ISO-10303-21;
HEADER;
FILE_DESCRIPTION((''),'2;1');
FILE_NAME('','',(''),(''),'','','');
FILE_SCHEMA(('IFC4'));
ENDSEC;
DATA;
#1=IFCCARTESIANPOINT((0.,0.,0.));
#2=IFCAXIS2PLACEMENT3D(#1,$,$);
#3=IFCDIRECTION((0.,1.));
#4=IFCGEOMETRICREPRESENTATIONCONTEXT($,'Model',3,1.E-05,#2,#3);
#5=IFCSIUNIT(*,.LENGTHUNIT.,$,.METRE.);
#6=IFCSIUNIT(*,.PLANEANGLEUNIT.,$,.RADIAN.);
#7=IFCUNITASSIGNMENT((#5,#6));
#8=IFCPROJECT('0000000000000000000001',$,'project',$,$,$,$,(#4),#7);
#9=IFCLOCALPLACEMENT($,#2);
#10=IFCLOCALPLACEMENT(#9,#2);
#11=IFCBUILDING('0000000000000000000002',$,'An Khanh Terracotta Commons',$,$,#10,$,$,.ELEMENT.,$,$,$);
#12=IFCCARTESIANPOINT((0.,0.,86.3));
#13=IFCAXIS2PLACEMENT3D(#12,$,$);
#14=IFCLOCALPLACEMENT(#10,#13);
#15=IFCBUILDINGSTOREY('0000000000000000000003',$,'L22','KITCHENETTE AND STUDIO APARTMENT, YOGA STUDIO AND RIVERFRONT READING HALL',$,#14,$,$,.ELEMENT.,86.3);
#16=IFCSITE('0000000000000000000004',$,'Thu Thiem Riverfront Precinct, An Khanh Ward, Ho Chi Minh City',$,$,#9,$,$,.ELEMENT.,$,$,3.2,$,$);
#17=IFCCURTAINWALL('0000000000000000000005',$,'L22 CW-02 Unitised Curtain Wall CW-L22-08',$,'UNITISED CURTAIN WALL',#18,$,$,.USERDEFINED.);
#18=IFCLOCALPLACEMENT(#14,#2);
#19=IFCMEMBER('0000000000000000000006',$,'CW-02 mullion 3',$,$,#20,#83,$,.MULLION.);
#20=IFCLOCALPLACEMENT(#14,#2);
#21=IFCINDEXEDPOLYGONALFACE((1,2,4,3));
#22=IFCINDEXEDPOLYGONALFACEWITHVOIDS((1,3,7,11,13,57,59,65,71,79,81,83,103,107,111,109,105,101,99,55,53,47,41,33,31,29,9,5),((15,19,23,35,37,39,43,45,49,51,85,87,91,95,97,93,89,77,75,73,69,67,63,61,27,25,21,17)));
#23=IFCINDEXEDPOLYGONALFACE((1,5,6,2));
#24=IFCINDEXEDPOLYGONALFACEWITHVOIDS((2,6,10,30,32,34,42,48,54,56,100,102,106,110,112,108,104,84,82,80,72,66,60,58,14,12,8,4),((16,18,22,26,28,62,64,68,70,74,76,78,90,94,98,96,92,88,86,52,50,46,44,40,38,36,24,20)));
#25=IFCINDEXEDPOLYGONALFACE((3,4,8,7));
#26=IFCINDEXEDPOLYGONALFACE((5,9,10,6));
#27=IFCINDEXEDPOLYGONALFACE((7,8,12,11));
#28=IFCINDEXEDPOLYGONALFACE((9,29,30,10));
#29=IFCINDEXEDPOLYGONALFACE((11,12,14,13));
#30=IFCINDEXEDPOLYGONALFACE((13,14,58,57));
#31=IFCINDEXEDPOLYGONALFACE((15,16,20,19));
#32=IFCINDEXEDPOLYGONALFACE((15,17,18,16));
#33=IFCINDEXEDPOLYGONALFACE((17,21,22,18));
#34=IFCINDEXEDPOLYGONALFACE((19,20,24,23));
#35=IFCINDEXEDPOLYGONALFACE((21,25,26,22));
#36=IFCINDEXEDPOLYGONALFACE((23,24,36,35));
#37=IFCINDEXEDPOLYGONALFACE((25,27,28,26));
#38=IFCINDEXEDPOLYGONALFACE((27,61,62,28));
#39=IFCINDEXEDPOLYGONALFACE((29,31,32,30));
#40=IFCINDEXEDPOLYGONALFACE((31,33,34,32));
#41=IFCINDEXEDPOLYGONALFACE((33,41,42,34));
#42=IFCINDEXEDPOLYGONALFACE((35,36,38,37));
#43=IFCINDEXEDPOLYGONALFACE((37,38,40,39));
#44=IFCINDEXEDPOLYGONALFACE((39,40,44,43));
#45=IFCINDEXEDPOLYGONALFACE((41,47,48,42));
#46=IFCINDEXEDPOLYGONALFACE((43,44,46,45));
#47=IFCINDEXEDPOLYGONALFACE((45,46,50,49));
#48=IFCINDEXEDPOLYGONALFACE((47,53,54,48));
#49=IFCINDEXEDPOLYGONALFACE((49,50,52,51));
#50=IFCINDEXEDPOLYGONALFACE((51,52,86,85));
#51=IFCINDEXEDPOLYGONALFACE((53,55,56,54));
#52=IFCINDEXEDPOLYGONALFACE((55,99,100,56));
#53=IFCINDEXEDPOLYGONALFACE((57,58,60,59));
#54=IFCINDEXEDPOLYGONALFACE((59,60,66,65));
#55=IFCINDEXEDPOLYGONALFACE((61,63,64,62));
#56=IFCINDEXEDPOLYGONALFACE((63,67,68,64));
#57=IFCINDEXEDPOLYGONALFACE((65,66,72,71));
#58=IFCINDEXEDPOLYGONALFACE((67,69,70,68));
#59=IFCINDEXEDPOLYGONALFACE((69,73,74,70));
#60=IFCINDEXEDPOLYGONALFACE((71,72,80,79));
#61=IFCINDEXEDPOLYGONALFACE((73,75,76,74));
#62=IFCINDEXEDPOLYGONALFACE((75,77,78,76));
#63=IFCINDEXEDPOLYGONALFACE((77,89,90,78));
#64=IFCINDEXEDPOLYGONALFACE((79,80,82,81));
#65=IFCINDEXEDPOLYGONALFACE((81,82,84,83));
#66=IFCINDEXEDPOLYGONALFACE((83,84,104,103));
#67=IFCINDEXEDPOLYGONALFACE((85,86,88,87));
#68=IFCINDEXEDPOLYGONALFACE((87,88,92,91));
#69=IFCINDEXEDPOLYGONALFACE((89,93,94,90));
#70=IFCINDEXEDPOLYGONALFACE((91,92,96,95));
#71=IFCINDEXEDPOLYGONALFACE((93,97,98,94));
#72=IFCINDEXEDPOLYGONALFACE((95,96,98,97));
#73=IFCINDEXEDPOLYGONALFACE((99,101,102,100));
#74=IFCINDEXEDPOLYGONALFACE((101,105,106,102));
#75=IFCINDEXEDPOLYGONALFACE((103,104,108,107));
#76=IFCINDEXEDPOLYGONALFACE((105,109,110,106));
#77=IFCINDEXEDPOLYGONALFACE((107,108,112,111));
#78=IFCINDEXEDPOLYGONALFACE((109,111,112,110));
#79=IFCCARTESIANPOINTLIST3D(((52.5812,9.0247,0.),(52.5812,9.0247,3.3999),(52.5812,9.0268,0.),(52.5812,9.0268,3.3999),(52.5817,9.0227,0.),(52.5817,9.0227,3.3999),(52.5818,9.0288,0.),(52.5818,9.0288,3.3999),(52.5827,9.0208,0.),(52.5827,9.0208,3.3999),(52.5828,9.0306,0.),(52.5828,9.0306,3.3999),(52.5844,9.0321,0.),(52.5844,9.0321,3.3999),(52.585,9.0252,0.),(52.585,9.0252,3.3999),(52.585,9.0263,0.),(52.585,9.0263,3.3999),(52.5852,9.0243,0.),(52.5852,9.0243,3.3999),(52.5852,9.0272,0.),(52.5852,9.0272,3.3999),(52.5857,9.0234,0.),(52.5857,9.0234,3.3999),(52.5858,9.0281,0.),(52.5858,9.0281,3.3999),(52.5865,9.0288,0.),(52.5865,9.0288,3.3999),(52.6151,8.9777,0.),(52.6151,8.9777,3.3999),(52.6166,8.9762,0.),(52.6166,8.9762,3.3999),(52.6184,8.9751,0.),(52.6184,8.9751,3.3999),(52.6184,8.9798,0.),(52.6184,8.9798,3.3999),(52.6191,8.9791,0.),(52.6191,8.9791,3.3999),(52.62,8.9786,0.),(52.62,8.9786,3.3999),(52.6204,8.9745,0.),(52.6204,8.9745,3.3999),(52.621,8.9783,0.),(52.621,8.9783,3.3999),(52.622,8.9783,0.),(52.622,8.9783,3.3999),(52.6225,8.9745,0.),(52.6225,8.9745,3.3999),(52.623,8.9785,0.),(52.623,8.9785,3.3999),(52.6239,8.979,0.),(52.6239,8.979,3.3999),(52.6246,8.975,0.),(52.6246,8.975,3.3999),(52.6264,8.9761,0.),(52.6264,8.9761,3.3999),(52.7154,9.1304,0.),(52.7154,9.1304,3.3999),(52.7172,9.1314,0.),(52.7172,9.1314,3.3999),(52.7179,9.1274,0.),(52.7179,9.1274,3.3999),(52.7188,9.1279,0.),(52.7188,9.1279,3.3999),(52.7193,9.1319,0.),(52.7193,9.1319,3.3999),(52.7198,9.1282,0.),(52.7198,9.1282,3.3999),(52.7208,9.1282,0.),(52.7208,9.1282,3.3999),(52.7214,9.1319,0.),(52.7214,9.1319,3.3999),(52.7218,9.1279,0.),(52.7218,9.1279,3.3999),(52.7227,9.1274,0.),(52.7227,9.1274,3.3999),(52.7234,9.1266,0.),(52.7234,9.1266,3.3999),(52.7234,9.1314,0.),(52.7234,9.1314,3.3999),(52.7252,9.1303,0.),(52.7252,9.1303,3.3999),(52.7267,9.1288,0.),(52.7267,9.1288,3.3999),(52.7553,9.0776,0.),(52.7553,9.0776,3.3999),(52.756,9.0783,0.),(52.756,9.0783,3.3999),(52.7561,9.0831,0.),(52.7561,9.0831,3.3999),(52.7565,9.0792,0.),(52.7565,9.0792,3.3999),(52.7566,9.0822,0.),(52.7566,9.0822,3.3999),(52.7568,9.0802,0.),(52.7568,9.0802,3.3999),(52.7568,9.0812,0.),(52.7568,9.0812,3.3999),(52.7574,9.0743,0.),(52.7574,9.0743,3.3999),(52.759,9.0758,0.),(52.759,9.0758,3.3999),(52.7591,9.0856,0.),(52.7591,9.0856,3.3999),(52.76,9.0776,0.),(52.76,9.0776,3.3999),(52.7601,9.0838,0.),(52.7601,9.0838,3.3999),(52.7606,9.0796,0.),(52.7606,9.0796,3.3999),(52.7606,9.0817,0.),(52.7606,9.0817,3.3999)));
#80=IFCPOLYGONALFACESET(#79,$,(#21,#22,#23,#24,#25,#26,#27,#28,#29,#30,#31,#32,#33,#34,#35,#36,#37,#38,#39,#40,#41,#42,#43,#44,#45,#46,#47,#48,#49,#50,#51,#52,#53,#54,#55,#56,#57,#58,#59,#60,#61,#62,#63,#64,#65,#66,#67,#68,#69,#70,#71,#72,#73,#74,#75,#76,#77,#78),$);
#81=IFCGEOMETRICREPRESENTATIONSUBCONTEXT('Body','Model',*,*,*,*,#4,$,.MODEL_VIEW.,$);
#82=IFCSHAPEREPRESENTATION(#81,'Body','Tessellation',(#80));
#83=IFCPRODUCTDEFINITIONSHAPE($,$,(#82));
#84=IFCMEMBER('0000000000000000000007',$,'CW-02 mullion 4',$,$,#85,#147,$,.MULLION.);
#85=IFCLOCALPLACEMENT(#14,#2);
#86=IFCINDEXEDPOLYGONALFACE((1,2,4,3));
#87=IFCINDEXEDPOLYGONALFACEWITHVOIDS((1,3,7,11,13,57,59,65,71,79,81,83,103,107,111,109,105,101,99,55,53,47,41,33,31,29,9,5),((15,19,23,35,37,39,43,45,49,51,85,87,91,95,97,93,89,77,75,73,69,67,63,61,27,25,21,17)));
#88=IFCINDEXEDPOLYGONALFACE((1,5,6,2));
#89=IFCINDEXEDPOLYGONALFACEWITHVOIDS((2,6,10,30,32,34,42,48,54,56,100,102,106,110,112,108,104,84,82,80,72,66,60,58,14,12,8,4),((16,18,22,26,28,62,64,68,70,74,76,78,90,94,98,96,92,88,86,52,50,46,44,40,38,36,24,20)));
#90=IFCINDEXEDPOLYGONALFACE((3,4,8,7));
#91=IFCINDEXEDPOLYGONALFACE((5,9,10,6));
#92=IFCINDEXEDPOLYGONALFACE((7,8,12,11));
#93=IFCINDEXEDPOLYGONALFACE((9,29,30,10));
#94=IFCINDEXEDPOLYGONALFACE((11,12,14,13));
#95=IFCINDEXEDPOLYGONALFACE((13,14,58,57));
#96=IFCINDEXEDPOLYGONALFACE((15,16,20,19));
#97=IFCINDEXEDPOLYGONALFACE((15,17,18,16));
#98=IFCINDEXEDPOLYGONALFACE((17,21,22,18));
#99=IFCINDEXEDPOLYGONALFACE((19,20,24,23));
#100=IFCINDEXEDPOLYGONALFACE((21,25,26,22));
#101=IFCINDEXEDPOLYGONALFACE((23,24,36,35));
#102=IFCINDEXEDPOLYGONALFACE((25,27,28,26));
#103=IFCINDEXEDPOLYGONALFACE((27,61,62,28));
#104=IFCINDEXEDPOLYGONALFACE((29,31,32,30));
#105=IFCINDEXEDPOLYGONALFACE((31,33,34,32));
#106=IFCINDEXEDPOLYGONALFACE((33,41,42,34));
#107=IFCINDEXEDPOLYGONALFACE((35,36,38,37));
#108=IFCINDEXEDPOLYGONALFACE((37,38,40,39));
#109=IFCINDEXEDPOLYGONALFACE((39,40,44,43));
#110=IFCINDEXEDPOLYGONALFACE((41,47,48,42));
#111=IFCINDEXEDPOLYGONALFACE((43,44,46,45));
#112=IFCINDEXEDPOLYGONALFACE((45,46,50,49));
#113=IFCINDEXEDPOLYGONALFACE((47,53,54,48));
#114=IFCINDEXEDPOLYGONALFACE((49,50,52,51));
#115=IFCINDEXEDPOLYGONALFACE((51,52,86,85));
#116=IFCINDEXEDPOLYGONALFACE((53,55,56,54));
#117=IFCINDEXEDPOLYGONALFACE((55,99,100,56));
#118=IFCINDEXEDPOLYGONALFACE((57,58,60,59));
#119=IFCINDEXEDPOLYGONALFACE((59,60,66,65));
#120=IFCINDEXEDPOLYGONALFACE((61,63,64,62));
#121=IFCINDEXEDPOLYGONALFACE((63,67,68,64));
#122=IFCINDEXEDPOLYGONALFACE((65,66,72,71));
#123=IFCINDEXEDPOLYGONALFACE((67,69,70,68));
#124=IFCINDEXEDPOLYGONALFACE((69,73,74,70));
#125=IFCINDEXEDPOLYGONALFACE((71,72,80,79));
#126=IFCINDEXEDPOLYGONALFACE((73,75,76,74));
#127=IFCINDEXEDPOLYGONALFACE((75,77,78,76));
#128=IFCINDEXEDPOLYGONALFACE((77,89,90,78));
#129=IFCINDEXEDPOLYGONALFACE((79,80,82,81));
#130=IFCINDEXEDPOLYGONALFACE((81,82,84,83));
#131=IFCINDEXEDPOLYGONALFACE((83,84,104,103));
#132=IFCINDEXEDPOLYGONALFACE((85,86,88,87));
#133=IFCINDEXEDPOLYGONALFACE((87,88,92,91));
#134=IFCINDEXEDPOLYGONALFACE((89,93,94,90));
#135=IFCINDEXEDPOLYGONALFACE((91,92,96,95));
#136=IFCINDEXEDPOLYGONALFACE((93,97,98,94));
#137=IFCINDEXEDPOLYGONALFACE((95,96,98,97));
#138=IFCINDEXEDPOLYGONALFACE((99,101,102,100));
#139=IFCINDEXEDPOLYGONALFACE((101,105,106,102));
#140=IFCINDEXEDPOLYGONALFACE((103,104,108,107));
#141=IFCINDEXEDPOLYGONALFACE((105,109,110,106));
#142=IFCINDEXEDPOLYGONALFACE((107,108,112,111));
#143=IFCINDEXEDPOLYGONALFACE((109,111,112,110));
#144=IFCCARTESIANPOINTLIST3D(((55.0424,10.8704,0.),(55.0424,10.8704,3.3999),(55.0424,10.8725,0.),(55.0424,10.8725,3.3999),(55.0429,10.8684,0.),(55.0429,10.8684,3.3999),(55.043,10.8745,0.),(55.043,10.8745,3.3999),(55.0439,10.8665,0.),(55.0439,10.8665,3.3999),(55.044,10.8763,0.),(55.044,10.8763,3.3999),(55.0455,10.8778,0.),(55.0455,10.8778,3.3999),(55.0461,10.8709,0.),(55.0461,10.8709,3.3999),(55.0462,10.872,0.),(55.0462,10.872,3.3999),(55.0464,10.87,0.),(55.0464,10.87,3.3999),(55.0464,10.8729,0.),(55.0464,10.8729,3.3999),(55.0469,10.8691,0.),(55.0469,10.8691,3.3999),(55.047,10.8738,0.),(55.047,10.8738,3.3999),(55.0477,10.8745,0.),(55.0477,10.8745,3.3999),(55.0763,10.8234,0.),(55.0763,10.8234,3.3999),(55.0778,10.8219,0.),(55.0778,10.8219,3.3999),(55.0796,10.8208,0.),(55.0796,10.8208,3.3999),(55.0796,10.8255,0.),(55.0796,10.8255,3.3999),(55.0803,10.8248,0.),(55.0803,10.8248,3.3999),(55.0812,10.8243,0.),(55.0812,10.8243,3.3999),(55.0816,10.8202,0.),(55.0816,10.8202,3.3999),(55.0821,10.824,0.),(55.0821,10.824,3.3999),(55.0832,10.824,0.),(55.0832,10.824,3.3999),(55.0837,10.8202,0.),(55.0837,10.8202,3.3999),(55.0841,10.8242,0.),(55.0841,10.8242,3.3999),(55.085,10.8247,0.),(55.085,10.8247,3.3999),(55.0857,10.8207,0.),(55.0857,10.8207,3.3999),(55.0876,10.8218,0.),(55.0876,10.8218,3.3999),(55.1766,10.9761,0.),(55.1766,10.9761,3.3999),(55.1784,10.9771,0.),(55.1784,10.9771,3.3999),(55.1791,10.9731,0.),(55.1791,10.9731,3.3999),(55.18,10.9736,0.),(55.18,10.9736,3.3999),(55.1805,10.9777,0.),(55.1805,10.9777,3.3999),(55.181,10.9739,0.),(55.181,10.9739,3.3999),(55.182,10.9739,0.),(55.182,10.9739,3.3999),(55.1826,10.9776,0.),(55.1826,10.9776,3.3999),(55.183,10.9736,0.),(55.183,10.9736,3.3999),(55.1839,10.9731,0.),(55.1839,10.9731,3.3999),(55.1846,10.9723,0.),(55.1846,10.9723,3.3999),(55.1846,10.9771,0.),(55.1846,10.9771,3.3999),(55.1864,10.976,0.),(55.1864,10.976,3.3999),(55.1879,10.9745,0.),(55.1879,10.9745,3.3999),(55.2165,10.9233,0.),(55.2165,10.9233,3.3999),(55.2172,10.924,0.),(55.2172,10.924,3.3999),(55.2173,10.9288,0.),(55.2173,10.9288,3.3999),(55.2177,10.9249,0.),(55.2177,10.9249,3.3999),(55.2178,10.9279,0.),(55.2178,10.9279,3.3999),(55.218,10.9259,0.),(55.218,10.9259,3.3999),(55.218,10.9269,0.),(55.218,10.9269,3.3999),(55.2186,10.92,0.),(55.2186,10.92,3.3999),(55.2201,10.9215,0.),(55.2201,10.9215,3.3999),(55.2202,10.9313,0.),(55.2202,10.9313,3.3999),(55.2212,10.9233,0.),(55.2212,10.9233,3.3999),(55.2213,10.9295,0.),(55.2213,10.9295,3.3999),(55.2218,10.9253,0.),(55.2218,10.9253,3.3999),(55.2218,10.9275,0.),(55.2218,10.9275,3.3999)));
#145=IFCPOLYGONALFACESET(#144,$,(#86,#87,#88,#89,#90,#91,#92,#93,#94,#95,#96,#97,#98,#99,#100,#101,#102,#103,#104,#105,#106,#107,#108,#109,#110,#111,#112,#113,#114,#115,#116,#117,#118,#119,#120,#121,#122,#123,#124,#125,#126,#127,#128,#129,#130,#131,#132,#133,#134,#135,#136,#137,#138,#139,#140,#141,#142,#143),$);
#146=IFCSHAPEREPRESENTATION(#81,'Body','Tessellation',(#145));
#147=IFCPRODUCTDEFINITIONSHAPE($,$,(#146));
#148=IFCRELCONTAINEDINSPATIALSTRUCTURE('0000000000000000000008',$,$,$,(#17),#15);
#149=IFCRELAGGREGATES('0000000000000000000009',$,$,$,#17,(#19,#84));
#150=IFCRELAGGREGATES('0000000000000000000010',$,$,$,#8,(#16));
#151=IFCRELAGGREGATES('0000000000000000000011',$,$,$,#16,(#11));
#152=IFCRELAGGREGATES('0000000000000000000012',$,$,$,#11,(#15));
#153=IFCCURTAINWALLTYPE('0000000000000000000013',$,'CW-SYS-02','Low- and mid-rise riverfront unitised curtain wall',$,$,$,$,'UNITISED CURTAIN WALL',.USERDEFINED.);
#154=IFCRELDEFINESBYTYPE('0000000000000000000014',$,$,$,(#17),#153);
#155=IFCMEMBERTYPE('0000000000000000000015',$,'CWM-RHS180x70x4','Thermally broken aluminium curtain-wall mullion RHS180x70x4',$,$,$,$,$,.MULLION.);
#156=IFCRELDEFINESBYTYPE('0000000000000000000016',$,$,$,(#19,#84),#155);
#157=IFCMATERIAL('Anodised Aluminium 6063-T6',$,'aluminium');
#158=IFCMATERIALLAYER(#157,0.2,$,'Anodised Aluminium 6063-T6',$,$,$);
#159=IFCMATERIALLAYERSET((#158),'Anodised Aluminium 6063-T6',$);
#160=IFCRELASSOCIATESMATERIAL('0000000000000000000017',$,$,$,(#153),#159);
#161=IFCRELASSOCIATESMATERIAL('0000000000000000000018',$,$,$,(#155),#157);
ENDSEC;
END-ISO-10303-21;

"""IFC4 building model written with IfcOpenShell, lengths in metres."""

from ifc_helpers import new_model, si_unit, direction, frame, origin, origin_2d, place, context, subcontext, project, spatial, hollow_rectangle, extrude, material, layer, layer_set, material_profile, profile_set, type_object, element, aggregate, save


model = new_model("IFC4")

# Units and contexts
model_context = context("Model", 3, precision=1e-05, world=origin(), true_north=direction((0.0, 1.0)))
body_context = subcontext(model_context, "Body", "Model", "MODEL_VIEW")
ifc_project = project(units=[si_unit("LENGTHUNIT", "METRE"), si_unit("PLANEANGLEUNIT", "RADIAN")], contexts=[model_context])

# Site, building, storey
site_placement = place(None, origin())
site = spatial("IfcSite", under=ifc_project, at=site_placement, Name="Thu Thiem Riverfront Precinct, An Khanh Ward, Ho Chi Minh City", CompositionType="ELEMENT", RefElevation=3.2)
building_placement = place(site_placement, origin())
building = spatial("IfcBuilding", under=site, at=building_placement, Name="An Khanh Terracotta Commons", CompositionType="ELEMENT")
storey_placement = place(building_placement, frame((0.0, 0.0, 86.3)))
storey = spatial("IfcBuildingStorey", under=building, at=storey_placement, Name="L22", Description="KITCHENETTE AND STUDIO APARTMENT, YOGA STUDIO AND RIVERFRONT READING HALL", CompositionType="ELEMENT", Elevation=86.3)

# Curtain wall, members
ifc_material_1 = material(Name="Anodised Aluminium 6063-T6", Category="aluminium")
ifc_layer_1 = layer(ifc_material_1, 0.2, Name="Anodised Aluminium 6063-T6")
ifc_layer_set_1 = layer_set([ifc_layer_1], Name="Anodised Aluminium 6063-T6")
curtain_wall_type = type_object("IfcCurtainWallType", Name="CW-SYS-02", Description="Low- and mid-rise riverfront unitised curtain wall", ElementType="UNITISED CURTAIN WALL", PredefinedType="USERDEFINED", material=ifc_layer_set_1)
curtain_wall_1_placement = place(storey_placement, origin())
curtain_wall_1 = element("IfcCurtainWall", 1, at=curtain_wall_1_placement, inside=storey, type_object=curtain_wall_type, Name="L22 CW-02 Unitised Curtain Wall CW-L22-08", ObjectType="UNITISED CURTAIN WALL", PredefinedType="USERDEFINED")
ifc_material_profile_1 = material_profile(ifc_material_1, hollow_rectangle(XDim=0.0701, YDim=0.1799, WallThickness=0.0039, InnerFilletRadius=0.0039, OuterFilletRadius=0.0081, at=origin_2d()), Name="RHS180x70x4")
ifc_profile_set_1 = profile_set([ifc_material_profile_1], Name="Anodised Aluminium 6063-T6")
member_type_1 = type_object("IfcMemberType", Name="CWM-RHS180x70x4", Description="Thermally broken aluminium curtain-wall mullion RHS180x70x4", PredefinedType="MULLION", material=ifc_profile_set_1)
member_1_placement = place(storey_placement, frame((52.6709, 9.0532, 0.0), z_axis=(0.0, 0.0, 1.0), x_axis=(-0.599983, 0.800013, 0.0)))
member_1 = element("IfcMember", 2, at=member_1_placement, type_object=member_type_1, Name="CW-02 mullion 3", PredefinedType="MULLION", context=body_context, shape_type="SweptSolid", body=[
    extrude(hollow_rectangle(XDim=0.0701, YDim=0.1799, WallThickness=0.0039, InnerFilletRadius=0.0039, OuterFilletRadius=0.0081, at=origin_2d()), origin(), (0.0, 0.0, 1.0), 3.3999),
])
member_2_placement = place(storey_placement, frame((55.1321, 10.8989, 0.0), z_axis=(0.0, 0.0, 1.0), x_axis=(-0.599983, 0.800013, 0.0)))
member_2 = element("IfcMember", 3, at=member_2_placement, type_object=member_type_1, Name="CW-02 mullion 4", PredefinedType="MULLION", context=body_context, shape_type="SweptSolid", body=[
    extrude(hollow_rectangle(XDim=0.0701, YDim=0.1799, WallThickness=0.0039, InnerFilletRadius=0.0039, OuterFilletRadius=0.0081, at=origin_2d()), origin(), (0.0, 0.0, 1.0), 3.3999),
])

aggregate(curtain_wall_1, [member_1, member_2])

save(model, "model.ifc")
